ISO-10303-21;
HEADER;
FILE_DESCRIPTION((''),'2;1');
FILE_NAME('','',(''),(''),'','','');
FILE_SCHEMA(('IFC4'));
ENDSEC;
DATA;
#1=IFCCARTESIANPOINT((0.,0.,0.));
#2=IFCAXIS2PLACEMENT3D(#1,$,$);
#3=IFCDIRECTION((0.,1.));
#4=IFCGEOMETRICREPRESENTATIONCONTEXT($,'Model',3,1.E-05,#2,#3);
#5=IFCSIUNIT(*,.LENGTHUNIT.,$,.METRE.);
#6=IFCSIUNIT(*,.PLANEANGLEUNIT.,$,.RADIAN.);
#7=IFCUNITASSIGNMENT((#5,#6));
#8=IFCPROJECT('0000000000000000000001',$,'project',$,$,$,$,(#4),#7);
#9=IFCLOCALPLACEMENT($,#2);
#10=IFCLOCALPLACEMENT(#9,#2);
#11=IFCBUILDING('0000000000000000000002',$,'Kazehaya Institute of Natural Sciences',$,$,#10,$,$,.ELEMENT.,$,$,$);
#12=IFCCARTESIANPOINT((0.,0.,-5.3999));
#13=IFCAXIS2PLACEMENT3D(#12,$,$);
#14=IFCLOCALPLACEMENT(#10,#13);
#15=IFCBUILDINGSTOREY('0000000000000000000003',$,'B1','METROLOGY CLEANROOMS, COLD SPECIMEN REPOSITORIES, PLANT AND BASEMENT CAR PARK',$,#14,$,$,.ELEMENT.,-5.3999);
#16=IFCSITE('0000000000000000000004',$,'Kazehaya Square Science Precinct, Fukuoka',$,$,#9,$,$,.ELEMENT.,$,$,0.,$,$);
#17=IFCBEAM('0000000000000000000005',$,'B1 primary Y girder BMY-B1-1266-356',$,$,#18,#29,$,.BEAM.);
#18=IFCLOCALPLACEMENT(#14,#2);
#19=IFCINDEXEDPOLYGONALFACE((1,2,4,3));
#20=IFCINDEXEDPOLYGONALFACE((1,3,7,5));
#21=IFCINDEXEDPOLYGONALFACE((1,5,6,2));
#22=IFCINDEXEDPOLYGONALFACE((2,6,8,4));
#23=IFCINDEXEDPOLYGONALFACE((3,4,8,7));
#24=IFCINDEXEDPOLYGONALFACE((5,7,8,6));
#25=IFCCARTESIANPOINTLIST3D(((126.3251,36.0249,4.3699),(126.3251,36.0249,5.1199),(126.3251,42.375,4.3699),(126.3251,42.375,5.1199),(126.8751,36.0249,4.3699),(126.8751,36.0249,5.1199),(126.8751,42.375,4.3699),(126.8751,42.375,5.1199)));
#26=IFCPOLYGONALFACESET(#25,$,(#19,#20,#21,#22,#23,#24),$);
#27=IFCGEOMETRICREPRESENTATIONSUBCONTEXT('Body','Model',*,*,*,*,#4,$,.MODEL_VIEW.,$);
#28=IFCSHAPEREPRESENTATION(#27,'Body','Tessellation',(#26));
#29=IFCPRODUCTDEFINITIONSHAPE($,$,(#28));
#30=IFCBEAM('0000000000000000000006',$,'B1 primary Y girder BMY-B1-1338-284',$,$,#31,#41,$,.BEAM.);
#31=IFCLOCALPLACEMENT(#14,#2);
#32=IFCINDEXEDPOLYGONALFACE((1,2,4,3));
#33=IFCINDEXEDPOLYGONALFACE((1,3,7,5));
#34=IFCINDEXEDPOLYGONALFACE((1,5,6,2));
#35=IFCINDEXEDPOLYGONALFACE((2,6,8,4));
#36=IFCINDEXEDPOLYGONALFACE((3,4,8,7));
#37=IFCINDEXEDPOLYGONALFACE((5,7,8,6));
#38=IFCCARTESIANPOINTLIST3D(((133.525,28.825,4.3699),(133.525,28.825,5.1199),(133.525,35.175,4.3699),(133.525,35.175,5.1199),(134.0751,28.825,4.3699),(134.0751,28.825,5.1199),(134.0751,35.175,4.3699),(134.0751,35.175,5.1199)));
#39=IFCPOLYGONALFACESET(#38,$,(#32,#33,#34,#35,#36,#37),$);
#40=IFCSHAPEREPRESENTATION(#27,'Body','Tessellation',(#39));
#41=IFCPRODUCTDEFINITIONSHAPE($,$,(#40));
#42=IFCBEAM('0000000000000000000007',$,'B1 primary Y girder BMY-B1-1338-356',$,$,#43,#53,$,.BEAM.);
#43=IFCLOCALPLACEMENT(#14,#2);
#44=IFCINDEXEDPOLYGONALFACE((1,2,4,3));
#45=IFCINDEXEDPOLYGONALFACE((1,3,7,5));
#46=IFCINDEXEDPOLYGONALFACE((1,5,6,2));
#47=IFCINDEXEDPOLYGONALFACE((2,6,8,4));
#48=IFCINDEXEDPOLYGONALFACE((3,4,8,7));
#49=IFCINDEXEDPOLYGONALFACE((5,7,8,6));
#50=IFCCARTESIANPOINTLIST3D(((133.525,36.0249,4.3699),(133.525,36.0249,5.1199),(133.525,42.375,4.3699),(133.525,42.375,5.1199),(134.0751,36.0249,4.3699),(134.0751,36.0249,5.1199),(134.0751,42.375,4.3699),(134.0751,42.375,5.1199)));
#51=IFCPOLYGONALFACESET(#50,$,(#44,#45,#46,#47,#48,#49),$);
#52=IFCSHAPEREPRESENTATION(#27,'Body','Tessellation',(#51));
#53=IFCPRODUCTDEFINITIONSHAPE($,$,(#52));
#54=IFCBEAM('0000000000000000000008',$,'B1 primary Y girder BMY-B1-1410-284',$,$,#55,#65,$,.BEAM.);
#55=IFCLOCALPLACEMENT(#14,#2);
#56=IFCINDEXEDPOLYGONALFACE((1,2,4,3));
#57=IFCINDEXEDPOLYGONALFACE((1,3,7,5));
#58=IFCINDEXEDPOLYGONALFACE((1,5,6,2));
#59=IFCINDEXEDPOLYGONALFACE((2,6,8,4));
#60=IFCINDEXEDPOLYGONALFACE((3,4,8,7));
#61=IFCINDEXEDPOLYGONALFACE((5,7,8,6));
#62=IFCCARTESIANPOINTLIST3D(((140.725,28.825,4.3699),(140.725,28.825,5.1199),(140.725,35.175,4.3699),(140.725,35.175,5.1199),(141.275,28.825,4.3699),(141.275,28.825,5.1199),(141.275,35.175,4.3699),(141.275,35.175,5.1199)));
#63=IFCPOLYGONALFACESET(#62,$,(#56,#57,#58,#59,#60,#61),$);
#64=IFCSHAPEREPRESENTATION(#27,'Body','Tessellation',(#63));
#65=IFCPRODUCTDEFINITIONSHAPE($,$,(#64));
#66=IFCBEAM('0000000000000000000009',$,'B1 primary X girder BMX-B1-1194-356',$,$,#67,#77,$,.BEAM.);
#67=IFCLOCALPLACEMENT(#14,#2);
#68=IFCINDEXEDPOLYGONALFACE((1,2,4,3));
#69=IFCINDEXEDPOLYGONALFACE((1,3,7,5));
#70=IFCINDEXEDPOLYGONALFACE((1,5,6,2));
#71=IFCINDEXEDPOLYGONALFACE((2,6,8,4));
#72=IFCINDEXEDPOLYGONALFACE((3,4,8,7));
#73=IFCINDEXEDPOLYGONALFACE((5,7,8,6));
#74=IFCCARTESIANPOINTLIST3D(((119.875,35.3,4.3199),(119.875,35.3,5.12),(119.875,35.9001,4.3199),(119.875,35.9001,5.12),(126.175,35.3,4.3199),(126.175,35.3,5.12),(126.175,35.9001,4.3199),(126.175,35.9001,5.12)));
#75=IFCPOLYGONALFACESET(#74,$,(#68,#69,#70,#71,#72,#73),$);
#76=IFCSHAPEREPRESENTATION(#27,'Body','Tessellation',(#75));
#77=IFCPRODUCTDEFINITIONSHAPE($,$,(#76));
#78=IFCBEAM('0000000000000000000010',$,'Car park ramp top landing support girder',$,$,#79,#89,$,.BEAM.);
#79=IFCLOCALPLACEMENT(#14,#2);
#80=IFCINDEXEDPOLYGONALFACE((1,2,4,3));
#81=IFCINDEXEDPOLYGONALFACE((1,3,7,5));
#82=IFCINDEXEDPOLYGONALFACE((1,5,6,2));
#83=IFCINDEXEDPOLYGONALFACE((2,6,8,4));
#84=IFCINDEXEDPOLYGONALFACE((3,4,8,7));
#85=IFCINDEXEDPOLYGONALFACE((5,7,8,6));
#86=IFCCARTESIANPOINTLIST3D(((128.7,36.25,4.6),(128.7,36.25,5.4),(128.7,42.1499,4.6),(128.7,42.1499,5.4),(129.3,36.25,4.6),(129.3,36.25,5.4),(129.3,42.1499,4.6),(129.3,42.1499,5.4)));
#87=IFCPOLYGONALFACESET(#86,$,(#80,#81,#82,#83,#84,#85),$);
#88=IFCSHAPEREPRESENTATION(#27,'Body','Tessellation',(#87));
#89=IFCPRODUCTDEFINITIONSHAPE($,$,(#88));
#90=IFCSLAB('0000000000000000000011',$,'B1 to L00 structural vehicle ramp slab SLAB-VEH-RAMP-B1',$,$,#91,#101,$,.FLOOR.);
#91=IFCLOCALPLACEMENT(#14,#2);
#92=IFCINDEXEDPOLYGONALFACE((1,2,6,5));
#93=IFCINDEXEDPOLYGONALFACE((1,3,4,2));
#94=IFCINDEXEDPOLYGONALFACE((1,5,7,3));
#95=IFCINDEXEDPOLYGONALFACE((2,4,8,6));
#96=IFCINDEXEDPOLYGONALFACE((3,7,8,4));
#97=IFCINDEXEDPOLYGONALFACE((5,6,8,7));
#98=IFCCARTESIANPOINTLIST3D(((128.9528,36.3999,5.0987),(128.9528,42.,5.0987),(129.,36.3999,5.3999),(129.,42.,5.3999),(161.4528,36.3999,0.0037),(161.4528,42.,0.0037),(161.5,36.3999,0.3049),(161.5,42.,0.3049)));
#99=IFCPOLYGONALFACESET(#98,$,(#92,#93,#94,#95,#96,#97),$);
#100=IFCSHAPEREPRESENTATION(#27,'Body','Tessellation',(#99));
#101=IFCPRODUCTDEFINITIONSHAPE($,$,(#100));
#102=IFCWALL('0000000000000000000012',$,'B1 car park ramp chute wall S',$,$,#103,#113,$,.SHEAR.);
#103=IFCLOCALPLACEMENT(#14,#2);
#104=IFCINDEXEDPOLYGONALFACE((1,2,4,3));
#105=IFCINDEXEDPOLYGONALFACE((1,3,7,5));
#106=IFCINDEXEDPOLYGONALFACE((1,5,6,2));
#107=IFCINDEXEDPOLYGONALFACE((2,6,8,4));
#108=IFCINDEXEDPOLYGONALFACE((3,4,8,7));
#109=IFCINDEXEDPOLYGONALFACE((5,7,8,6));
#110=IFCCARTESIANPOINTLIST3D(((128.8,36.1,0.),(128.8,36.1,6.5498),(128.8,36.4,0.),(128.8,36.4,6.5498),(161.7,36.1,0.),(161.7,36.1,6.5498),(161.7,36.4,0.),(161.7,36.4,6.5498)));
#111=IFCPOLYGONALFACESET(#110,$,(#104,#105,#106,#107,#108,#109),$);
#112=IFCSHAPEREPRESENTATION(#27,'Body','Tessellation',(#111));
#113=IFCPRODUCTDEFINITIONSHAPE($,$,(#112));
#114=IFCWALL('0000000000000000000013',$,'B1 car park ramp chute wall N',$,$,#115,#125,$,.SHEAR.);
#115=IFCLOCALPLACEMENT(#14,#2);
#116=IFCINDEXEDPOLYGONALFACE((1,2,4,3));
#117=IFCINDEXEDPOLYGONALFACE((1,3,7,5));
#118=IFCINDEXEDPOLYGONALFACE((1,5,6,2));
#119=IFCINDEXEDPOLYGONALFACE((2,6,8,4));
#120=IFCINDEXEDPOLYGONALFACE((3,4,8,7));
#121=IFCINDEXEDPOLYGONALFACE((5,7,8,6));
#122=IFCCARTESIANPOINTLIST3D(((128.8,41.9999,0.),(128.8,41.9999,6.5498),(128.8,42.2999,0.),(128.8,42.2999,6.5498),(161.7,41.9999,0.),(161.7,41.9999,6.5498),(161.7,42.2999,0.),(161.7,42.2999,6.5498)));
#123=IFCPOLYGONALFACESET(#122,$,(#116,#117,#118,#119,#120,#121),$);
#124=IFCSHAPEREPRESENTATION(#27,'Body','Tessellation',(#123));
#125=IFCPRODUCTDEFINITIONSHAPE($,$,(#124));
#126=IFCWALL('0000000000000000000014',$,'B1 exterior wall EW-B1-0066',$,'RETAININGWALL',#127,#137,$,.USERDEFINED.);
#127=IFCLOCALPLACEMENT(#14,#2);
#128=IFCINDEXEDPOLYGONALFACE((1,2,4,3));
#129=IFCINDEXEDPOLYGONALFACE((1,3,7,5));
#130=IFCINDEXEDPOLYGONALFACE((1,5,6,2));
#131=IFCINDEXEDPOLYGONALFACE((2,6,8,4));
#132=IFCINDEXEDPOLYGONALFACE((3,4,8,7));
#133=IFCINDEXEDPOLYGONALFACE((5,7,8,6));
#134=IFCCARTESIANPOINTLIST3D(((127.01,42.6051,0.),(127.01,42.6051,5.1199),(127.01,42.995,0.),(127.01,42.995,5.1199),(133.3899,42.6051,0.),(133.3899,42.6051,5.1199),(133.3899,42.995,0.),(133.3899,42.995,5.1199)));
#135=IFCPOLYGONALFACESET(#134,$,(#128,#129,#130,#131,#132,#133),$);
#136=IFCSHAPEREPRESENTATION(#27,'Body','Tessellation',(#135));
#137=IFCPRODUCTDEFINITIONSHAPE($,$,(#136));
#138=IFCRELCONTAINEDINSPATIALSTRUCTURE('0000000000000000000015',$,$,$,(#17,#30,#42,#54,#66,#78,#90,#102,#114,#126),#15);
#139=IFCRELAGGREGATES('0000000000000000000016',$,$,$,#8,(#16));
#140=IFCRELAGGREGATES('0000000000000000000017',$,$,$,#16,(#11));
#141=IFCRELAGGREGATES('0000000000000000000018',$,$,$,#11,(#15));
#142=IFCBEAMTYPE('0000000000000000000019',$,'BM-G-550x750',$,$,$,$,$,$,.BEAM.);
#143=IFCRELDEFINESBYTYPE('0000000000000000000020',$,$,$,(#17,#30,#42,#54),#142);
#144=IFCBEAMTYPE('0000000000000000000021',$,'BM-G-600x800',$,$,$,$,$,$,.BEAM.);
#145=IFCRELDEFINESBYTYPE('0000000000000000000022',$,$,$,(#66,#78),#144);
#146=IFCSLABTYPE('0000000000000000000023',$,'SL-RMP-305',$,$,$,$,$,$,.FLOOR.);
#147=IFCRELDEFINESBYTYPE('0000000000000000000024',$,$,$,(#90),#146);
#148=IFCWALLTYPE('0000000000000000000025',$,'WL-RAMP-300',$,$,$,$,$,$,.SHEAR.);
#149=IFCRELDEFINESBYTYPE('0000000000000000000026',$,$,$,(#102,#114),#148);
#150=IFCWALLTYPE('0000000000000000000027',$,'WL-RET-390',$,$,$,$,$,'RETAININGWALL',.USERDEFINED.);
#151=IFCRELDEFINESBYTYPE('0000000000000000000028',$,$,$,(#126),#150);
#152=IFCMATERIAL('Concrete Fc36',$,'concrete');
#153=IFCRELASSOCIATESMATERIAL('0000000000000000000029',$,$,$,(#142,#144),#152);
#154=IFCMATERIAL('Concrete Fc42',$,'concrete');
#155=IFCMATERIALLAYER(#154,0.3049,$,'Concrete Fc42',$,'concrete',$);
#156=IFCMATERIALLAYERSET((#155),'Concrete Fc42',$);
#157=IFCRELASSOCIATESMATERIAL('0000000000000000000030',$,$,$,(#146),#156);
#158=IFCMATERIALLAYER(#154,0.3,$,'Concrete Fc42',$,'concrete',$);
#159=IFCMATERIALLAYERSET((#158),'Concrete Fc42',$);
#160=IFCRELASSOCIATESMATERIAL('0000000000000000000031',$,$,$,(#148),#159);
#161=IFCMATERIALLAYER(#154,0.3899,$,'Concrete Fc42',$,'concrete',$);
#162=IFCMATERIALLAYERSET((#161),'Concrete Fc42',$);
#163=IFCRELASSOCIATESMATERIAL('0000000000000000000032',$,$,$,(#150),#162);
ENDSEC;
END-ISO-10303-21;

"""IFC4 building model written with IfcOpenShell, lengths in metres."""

from ifc_helpers import new_model, si_unit, direction, frame, frame_2d, origin, origin_2d, place, context, subcontext, project, spatial, polyline, rectangle, outline, extrude, material, layer, layer_set, material_profile, profile_set, type_object, element, save


model = new_model("IFC4")

# Units and contexts
model_context = context("Model", 3, precision=1e-05, world=origin(), true_north=direction((0.0, 1.0)))
body_context = subcontext(model_context, "Body", "Model", "MODEL_VIEW")
ifc_project = project(units=[si_unit("LENGTHUNIT", "METRE"), si_unit("PLANEANGLEUNIT", "RADIAN")], contexts=[model_context])

# Site, building, storey
site_placement = place(None, origin())
site = spatial("IfcSite", under=ifc_project, at=site_placement, Name="Kazehaya Square Science Precinct, Fukuoka", CompositionType="ELEMENT", RefElevation=0.0)
building_placement = place(site_placement, origin())
building = spatial("IfcBuilding", under=site, at=building_placement, Name="Kazehaya Institute of Natural Sciences", CompositionType="ELEMENT")
storey_placement = place(building_placement, frame((0.0, 0.0, -5.3999)))
storey = spatial("IfcBuildingStorey", under=building, at=storey_placement, Name="B1", Description="METROLOGY CLEANROOMS, COLD SPECIMEN REPOSITORIES, PLANT AND BASEMENT CAR PARK", CompositionType="ELEMENT", Elevation=-5.3999)

# Shared definitions
ifc_material_1 = material(Name="Concrete Fc36", Category="concrete")

# Shared definitions
ifc_material_2 = material(Name="Concrete Fc42", Category="concrete")

# Beams
ifc_material_profile_1 = material_profile(ifc_material_1, rectangle(XDim=0.55, YDim=0.75, at=origin_2d()), Name="RC-550x750")
ifc_profile_set_1 = profile_set([ifc_material_profile_1], Name="Concrete Fc36")
beam_type_1 = type_object("IfcBeamType", Name="BM-G-550x750", PredefinedType="BEAM", material=ifc_profile_set_1)
for number, where, z_axis, x_axis, name in (
    (1, (126.6001, 36.0249, 4.7449), (0.0, 1.0, 0.0), (-1.0, 0.0, 0.0), "B1 primary Y girder BMY-B1-1266-356"),
    (2, (133.8, 28.825, 4.7449), (0.0, 1.0, 0.0), (-1.0, 0.0, 0.0), "B1 primary Y girder BMY-B1-1338-284"),
    (3, (133.8, 36.0249, 4.7449), (0.0, 1.0, 0.0), (-1.0, 0.0, 0.0), "B1 primary Y girder BMY-B1-1338-356"),
    (4, (141.0, 28.825, 4.7449), (0.0, 1.0, 0.0), (-1.0, 0.0, 0.0), "B1 primary Y girder BMY-B1-1410-284"),
):
    element("IfcBeam", number, at=place(storey_placement, frame(where, z_axis=z_axis, x_axis=x_axis)), inside=storey, type_object=beam_type_1, Name=name, PredefinedType="BEAM", context=body_context, shape_type="SweptSolid", body=[
        extrude(rectangle(XDim=0.55, YDim=0.75, at=origin_2d()), origin(), (0.0, 0.0, 1.0), 6.3501),
    ])
ifc_material_profile_2 = material_profile(ifc_material_1, rectangle(XDim=0.6001, YDim=0.8, at=origin_2d()), Name="RC-600x800")
ifc_profile_set_2 = profile_set([ifc_material_profile_2], Name="Concrete Fc36")
beam_type_2 = type_object("IfcBeamType", Name="BM-G-600x800", PredefinedType="BEAM", material=ifc_profile_set_2)
beam_1_placement = place(storey_placement, frame((119.875, 35.6001, 4.72), z_axis=(1.0, 0.0, 0.0), x_axis=(0.0, 1.0, 0.0)))
element("IfcBeam", 5, at=beam_1_placement, inside=storey, type_object=beam_type_2, Name="B1 primary X girder BMX-B1-1194-356", PredefinedType="BEAM", context=body_context, shape_type="SweptSolid", body=[
    extrude(rectangle(XDim=0.6001, YDim=0.8, at=origin_2d()), origin(), (0.0, 0.0, 1.0), 6.3),
])
beam_2_placement = place(storey_placement, frame((129.0, 36.25, 5.0), z_axis=(0.0, 1.0, 0.0), x_axis=(-1.0, 0.0, 0.0)))
element("IfcBeam", 6, at=beam_2_placement, inside=storey, type_object=beam_type_2, Name="Car park ramp top landing support girder", PredefinedType="BEAM", context=body_context, shape_type="SweptSolid", body=[
    extrude(rectangle(XDim=0.6001, YDim=0.8, at=origin_2d()), origin(), (0.0, 0.0, 1.0), 5.8999),
])

# Slab
ifc_layer_1 = layer(ifc_material_2, 0.3049, Name="Concrete Fc42", Category="concrete")
ifc_layer_set_1 = layer_set([ifc_layer_1], Name="Concrete Fc42")
slab_type = type_object("IfcSlabType", Name="SL-RMP-305", PredefinedType="FLOOR", material=ifc_layer_set_1)
slab_placement = place(storey_placement, frame((129.0, 36.3999, 5.3999), z_axis=(0.154877, 0.0, 0.987934), x_axis=(0.987934, 0.0, -0.154877)))
element("IfcSlab", 7, at=slab_placement, inside=storey, type_object=slab_type, Name="B1 to L00 structural vehicle ramp slab SLAB-VEH-RAMP-B1", PredefinedType="FLOOR", context=body_context, shape_type="SweptSolid", body=[
    extrude(outline(polyline([(0.0, 0.0), (32.8969, 0.0), (32.8969, 5.6001), (0.0, 5.6001), (0.0, 0.0)])), origin(), (0.0, 0.0, -1.0), 0.3049),
])

# Walls
ifc_layer_2 = layer(ifc_material_2, 0.3, Name="Concrete Fc42", Category="concrete")
ifc_layer_set_2 = layer_set([ifc_layer_2], Name="Concrete Fc42")
wall_type_1 = type_object("IfcWallType", Name="WL-RAMP-300", PredefinedType="SHEAR", material=ifc_layer_set_2)
for number, where, z_axis, x_axis, name in (
    (8, (128.8, 36.25, 0.0), (0.0, 0.0, 1.0), (1.0, 0.0, 0.0), "B1 car park ramp chute wall S"),
    (9, (128.8, 42.1499, 0.0), (0.0, 0.0, 1.0), (1.0, 0.0, 0.0), "B1 car park ramp chute wall N"),
):
    element("IfcWall", number, at=place(storey_placement, frame(where, z_axis=z_axis, x_axis=x_axis)), inside=storey, type_object=wall_type_1, Name=name, PredefinedType="SHEAR", context=body_context, shape_type="SweptSolid", body=[
        extrude(rectangle(XDim=32.8999, YDim=0.3, at=frame_2d((16.45, 0.0))), origin(), (0.0, 0.0, 1.0), 6.5498),
    ])
ifc_layer_3 = layer(ifc_material_2, 0.3899, Name="Concrete Fc42", Category="concrete")
ifc_layer_set_3 = layer_set([ifc_layer_3], Name="Concrete Fc42")
wall_type_2 = type_object("IfcWallType", Name="WL-RET-390", ElementType="RETAININGWALL", PredefinedType="USERDEFINED", material=ifc_layer_set_3)
wall_placement = place(storey_placement, frame((127.01, 42.8, 0.0), z_axis=(0.0, 0.0, 1.0), x_axis=(1.0, 0.0, 0.0)))
element("IfcWall", 10, at=wall_placement, inside=storey, type_object=wall_type_2, Name="B1 exterior wall EW-B1-0066", ObjectType="RETAININGWALL", PredefinedType="USERDEFINED", context=body_context, shape_type="SweptSolid", body=[
    extrude(rectangle(XDim=6.3799, YDim=0.3899, at=frame_2d((3.1899, 0.0))), origin(), (0.0, 0.0, 1.0), 5.1199),
])

save(model, "model.ifc")
